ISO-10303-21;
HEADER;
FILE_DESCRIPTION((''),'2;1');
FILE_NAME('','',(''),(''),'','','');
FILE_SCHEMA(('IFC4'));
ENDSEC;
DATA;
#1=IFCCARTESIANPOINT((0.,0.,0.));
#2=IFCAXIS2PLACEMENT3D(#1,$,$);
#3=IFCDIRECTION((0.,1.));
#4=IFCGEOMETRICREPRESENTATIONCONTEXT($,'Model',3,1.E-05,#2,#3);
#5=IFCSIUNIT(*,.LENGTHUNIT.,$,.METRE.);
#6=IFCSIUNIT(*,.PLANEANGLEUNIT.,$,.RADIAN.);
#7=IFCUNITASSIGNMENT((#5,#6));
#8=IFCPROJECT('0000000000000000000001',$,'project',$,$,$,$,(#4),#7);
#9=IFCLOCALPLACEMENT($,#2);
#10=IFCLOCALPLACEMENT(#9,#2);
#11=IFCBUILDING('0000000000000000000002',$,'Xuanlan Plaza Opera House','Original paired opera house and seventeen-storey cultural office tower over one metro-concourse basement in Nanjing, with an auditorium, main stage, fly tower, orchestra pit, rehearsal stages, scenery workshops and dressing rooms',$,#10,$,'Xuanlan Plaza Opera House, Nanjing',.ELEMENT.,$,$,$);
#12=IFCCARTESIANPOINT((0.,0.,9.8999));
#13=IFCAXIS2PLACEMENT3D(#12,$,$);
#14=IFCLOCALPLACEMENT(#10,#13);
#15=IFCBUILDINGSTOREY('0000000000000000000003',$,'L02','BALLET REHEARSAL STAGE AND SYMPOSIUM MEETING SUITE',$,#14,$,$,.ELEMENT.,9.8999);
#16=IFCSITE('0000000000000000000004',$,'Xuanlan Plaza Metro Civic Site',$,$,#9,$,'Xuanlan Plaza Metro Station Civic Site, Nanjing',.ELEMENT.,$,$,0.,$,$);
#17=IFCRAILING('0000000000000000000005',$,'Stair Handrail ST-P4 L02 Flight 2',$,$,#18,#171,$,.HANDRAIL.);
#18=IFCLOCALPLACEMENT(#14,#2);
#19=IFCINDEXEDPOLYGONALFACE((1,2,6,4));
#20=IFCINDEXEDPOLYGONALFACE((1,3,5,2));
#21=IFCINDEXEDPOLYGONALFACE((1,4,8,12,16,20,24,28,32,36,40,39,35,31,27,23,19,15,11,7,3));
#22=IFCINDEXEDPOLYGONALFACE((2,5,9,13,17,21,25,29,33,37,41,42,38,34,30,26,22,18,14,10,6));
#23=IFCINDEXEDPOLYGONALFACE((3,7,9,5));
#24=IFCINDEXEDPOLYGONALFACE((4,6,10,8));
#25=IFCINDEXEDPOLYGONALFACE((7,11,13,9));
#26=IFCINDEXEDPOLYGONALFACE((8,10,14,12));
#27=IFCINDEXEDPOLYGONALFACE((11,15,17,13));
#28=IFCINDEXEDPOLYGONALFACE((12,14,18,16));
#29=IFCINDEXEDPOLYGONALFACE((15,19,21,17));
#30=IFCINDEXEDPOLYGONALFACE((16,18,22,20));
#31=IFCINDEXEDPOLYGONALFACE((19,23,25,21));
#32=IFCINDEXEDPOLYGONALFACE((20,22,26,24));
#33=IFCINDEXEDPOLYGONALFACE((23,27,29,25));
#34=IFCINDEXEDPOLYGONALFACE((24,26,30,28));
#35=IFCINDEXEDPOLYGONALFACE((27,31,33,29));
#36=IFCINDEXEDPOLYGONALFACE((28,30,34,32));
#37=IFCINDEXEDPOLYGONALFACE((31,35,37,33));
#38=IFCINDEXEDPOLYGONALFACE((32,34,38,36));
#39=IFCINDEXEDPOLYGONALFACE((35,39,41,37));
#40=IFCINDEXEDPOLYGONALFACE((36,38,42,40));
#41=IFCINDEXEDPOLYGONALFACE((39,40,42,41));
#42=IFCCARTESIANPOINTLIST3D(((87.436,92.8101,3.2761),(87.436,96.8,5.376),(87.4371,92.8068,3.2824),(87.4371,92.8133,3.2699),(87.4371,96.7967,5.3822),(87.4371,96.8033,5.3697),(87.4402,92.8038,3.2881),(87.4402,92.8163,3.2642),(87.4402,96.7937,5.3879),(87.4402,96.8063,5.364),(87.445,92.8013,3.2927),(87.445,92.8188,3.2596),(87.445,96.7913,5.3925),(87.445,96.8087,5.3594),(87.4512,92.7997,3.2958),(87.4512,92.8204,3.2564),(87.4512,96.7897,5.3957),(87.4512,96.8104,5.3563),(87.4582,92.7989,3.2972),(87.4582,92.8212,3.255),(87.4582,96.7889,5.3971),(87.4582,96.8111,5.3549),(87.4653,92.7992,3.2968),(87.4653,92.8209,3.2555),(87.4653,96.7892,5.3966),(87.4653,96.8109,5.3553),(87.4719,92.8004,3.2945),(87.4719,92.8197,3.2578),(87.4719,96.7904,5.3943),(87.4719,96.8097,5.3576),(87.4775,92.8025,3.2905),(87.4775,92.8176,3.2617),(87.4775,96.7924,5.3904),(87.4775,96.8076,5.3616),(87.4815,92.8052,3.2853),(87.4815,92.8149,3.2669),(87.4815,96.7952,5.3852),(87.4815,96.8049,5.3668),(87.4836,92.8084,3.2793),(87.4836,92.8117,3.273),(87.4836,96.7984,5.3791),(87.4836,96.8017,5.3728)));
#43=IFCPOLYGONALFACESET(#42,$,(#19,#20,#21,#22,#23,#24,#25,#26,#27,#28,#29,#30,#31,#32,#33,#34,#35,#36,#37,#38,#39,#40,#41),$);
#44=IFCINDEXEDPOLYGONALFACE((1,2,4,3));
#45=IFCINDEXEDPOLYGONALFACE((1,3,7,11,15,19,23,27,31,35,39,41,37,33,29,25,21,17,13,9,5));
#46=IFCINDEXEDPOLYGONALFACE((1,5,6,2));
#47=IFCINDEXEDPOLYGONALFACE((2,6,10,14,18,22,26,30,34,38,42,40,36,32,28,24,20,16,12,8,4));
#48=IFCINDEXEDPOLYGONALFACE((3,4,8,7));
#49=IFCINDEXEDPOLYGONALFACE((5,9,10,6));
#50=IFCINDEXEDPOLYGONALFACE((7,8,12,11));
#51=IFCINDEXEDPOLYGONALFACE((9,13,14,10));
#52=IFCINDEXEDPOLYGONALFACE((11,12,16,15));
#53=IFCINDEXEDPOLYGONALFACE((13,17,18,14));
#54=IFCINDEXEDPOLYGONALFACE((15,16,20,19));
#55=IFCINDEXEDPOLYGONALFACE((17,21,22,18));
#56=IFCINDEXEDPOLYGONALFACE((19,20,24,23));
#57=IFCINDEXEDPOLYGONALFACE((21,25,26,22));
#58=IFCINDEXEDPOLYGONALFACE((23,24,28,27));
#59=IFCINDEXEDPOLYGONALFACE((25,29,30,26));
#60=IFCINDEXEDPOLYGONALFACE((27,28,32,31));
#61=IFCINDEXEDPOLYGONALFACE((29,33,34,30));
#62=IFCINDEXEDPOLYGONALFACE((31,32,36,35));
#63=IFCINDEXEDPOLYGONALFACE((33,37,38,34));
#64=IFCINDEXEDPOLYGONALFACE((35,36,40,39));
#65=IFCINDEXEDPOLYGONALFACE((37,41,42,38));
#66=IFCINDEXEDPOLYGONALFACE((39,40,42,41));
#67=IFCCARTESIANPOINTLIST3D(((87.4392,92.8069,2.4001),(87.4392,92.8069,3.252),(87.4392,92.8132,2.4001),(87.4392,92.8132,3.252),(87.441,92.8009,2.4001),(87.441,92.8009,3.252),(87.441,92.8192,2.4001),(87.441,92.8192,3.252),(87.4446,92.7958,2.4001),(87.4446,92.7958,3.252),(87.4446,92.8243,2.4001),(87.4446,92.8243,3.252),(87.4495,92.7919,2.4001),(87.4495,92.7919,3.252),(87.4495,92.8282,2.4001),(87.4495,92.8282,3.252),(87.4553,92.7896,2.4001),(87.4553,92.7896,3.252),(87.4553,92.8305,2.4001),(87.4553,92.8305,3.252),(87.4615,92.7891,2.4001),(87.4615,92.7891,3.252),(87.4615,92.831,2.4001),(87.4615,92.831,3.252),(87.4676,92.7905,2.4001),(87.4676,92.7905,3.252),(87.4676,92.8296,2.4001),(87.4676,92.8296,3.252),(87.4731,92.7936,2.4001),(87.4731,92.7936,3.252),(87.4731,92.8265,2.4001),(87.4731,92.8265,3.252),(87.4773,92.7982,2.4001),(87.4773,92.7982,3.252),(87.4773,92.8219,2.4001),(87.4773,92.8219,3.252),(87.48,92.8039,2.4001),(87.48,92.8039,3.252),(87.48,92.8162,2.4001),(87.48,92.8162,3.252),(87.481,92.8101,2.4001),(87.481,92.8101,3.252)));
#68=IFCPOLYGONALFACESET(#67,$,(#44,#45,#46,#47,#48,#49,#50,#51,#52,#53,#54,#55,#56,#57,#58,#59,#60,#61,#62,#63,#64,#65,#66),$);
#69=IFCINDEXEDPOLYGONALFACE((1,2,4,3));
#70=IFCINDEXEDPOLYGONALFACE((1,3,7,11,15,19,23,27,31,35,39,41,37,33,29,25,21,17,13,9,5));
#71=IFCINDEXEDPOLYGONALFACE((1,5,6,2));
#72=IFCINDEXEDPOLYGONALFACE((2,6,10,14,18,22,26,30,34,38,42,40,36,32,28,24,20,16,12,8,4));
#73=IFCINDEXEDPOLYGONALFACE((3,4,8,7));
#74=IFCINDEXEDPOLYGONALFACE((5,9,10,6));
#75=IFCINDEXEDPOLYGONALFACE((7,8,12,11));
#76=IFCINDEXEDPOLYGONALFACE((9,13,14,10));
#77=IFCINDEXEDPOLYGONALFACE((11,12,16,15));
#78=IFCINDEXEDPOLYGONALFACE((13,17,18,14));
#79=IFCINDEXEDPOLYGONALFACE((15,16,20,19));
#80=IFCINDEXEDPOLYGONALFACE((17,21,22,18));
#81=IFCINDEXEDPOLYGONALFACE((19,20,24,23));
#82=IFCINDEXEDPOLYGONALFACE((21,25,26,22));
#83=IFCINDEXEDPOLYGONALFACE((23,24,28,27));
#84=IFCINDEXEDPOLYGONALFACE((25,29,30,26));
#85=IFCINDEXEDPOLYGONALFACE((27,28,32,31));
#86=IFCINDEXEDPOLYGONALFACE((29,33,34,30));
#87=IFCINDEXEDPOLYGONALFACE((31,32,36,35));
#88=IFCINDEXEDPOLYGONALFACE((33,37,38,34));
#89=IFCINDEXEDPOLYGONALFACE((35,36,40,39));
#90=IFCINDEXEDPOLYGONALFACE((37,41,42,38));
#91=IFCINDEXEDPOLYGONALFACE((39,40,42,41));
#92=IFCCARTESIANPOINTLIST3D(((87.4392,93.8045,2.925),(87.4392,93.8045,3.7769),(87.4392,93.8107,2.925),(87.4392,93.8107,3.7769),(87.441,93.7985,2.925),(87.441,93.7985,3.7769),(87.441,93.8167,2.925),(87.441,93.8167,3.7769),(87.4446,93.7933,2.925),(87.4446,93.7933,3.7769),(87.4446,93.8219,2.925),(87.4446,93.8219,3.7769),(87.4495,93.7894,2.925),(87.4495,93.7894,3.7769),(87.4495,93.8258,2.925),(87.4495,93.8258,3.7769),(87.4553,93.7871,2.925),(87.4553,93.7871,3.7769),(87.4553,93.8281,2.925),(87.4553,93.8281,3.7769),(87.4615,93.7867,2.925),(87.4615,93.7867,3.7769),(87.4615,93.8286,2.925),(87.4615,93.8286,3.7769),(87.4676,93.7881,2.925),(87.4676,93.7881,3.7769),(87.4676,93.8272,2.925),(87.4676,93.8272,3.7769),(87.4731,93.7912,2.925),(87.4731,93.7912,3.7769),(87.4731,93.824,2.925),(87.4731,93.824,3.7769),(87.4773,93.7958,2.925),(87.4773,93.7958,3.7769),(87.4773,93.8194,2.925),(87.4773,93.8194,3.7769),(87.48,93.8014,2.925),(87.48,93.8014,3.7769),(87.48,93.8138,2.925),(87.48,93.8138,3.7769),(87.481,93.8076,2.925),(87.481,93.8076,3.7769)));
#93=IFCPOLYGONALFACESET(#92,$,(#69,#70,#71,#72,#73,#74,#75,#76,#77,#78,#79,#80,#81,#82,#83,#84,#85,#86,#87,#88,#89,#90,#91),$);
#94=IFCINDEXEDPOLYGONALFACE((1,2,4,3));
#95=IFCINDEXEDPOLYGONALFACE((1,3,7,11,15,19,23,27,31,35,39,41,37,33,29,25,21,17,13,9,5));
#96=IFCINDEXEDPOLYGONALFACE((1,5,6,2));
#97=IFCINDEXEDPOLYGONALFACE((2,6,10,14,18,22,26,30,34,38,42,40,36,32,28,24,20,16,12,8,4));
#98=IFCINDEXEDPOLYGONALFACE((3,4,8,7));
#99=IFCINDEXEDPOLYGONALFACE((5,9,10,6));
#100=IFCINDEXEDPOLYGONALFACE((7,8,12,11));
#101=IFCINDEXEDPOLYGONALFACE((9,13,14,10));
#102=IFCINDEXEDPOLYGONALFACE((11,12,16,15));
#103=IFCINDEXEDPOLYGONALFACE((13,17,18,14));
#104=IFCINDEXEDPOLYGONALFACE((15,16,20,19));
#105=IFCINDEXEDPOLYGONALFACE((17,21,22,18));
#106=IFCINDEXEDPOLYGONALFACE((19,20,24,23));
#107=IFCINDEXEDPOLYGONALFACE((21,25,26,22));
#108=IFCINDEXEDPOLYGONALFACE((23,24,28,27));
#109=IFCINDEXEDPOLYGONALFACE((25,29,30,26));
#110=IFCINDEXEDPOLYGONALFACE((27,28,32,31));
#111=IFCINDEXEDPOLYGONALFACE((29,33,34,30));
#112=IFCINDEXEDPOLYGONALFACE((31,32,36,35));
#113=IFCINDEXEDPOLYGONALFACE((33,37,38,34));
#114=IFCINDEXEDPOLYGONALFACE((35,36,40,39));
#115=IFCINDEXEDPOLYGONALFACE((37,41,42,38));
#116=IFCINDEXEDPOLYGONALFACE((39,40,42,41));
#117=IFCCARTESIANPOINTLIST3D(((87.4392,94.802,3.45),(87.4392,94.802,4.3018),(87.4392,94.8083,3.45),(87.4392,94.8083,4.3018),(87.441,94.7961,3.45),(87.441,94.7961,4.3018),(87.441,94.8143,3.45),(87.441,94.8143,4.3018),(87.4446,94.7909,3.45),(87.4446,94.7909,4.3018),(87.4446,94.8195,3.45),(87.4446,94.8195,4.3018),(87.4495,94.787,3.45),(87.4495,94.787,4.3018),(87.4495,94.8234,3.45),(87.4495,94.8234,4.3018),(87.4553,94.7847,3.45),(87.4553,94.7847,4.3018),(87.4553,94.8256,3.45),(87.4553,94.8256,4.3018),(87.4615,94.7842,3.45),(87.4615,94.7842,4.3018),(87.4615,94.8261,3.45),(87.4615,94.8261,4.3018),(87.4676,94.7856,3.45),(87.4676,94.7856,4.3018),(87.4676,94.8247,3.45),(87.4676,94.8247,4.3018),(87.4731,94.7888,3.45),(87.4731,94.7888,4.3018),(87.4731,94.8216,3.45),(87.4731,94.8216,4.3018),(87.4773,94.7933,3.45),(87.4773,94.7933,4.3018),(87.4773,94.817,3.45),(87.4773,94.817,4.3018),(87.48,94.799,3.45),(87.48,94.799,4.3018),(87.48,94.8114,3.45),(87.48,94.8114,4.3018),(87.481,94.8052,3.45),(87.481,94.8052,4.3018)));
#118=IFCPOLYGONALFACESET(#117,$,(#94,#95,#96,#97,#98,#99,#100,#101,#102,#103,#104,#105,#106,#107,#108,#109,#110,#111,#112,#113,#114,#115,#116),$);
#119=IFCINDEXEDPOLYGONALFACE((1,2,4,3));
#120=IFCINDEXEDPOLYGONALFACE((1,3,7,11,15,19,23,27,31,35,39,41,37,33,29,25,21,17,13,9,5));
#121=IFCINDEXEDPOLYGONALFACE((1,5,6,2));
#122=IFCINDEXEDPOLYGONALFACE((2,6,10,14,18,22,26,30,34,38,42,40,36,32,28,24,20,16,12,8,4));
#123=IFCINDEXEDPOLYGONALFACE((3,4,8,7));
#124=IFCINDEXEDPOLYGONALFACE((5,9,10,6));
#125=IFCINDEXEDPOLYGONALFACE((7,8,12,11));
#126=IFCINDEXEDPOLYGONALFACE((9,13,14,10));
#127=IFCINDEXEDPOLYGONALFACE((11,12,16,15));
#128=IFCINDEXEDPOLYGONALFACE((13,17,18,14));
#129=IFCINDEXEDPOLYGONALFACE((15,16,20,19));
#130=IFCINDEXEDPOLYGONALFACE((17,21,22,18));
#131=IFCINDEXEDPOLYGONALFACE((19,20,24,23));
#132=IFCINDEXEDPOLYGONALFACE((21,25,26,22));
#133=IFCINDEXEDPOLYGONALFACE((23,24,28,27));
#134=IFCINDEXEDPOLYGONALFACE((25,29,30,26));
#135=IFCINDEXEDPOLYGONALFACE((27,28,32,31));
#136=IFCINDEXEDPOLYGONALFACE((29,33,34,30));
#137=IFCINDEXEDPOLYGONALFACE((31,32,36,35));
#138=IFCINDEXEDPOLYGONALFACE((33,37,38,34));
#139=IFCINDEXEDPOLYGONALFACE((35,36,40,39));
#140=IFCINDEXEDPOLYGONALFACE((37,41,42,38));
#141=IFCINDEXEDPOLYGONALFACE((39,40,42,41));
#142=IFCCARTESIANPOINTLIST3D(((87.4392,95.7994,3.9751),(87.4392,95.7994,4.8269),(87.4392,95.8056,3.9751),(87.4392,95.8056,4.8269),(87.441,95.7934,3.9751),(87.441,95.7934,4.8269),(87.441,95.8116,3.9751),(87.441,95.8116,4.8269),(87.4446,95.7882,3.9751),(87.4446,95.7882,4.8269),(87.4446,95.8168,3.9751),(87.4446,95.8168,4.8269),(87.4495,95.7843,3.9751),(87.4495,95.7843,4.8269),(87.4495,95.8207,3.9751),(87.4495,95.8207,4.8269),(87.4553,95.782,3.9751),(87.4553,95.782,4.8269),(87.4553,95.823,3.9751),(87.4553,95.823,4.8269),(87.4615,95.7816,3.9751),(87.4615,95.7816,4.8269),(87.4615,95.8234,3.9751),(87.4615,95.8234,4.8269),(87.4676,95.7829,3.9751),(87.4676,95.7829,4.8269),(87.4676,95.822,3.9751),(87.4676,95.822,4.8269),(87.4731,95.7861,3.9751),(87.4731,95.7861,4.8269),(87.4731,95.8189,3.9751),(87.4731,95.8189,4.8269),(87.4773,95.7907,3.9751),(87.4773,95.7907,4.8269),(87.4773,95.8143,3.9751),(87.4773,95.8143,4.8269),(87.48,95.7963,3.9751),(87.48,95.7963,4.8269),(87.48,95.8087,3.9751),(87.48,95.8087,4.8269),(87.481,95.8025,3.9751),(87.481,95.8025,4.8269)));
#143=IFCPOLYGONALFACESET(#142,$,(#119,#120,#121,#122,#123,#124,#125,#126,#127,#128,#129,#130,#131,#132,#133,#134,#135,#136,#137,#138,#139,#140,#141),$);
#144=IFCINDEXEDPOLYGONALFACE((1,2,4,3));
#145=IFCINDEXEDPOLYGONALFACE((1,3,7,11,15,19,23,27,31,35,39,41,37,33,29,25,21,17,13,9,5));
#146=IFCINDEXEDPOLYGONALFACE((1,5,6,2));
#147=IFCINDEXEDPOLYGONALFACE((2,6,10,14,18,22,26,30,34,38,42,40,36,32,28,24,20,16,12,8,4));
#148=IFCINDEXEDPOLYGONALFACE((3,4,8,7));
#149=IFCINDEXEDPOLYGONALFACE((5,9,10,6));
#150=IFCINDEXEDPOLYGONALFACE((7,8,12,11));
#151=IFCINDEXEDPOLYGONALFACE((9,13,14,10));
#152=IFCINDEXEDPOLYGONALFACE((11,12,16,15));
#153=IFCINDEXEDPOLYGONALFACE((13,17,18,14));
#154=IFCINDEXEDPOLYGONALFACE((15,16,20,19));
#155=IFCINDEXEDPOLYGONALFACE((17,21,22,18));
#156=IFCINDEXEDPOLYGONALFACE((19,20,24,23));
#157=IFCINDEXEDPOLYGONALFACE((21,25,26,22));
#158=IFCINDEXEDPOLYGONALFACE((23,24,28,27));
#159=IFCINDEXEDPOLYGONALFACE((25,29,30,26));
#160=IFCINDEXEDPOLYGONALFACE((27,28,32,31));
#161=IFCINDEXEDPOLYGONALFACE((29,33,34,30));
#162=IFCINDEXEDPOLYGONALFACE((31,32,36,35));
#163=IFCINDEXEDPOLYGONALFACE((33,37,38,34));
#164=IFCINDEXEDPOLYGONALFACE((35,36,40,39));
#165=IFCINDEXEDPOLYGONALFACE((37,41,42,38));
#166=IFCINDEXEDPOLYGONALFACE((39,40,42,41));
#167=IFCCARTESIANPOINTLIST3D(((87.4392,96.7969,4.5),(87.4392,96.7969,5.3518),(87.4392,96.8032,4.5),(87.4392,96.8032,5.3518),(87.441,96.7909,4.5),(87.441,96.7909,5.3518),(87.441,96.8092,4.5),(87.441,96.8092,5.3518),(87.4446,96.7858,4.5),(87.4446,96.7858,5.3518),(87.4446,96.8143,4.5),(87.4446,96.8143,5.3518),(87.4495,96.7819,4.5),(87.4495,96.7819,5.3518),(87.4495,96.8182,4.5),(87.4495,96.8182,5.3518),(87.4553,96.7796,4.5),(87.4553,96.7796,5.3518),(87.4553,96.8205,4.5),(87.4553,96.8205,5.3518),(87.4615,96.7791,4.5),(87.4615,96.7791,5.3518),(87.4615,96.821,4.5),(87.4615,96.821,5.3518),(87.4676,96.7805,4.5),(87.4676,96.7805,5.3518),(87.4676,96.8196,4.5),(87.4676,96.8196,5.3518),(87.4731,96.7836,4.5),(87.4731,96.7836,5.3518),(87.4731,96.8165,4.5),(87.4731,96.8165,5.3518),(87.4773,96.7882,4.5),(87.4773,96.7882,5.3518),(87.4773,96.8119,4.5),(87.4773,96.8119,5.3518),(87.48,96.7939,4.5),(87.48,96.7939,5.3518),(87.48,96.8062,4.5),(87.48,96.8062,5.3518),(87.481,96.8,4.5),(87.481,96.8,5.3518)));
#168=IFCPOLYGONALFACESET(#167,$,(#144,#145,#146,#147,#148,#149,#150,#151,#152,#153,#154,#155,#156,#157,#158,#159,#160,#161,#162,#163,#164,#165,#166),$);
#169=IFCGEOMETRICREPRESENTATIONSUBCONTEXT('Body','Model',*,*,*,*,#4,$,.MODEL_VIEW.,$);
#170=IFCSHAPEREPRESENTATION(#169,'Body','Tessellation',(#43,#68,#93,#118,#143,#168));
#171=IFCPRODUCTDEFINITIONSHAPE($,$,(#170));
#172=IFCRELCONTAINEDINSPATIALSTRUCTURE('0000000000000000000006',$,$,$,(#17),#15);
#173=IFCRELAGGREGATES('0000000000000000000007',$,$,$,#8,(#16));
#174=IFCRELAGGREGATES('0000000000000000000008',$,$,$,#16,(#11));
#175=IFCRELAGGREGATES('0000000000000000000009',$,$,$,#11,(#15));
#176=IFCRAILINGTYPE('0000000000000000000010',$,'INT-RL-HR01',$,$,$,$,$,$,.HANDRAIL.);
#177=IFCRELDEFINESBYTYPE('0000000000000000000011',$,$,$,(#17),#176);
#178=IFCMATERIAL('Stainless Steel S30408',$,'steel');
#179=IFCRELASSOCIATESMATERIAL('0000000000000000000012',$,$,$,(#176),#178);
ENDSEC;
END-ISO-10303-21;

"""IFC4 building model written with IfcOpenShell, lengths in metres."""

from ifc_helpers import new_model, si_unit, direction, frame, origin, origin_2d, place, context, subcontext, project, spatial, circle, extrude, material, type_object, element, save


model = new_model("IFC4")

# Units and contexts
model_context = context("Model", 3, precision=1e-05, world=origin(), true_north=direction((0.0, 1.0)))
body_context = subcontext(model_context, "Body", "Model", "MODEL_VIEW")
ifc_project = project(units=[si_unit("LENGTHUNIT", "METRE"), si_unit("PLANEANGLEUNIT", "RADIAN")], contexts=[model_context])

# Site, building, storey
site_placement = place(None, origin())
site = spatial("IfcSite", under=ifc_project, at=site_placement, Name="Xuanlan Plaza Metro Civic Site", LongName="Xuanlan Plaza Metro Station Civic Site, Nanjing", CompositionType="ELEMENT", RefElevation=0.0)
building_placement = place(site_placement, origin())
building = spatial("IfcBuilding", under=site, at=building_placement, Name="Xuanlan Plaza Opera House", Description="Original paired opera house and seventeen-storey cultural office tower over one metro-concourse basement in Nanjing, with an auditorium, main stage, fly tower, orchestra pit, rehearsal stages, scenery workshops and dressing rooms", LongName="Xuanlan Plaza Opera House, Nanjing", CompositionType="ELEMENT")
storey_placement = place(building_placement, frame((0.0, 0.0, 9.8999)))
storey = spatial("IfcBuildingStorey", under=building, at=storey_placement, Name="L02", Description="BALLET REHEARSAL STAGE AND SYMPOSIUM MEETING SUITE", CompositionType="ELEMENT", Elevation=9.8999)

# Railing
ifc_material_1 = material(Name="Stainless Steel S30408", Category="steel")
railing_type = type_object("IfcRailingType", Name="INT-RL-HR01", PredefinedType="HANDRAIL", material=ifc_material_1)
railing_placement = place(storey_placement, frame((87.46, 92.8101, 2.4001)))
element("IfcRailing", 1, at=railing_placement, inside=storey, type_object=railing_type, Name="Stair Handrail ST-P4 L02 Flight 2", PredefinedType="HANDRAIL", context=body_context, shape_type="SweptSolid", body=[
    extrude(circle(Radius=0.0239, at=origin_2d()), frame((0.0, 0.0, 0.876), z_axis=(0.0, 0.884931, 0.465722), x_axis=(-1.0, 0.0, 0.0)), (0.0, 0.0, 1.0), 4.5088),
    extrude(circle(Radius=0.021, at=origin_2d()), origin(), (0.0, 0.0, 1.0), 0.8518),
    extrude(circle(Radius=0.021, at=origin_2d()), frame((0.0, 0.9976, 0.5249)), (0.0, 0.0, 1.0), 0.8518),
    extrude(circle(Radius=0.021, at=origin_2d()), frame((0.0, 1.9951, 1.0498)), (0.0, 0.0, 1.0), 0.8518),
    extrude(circle(Radius=0.021, at=origin_2d()), frame((0.0, 2.9924, 1.575)), (0.0, 0.0, 1.0), 0.8518),
    extrude(circle(Radius=0.021, at=origin_2d()), frame((0.0, 3.99, 2.0999)), (0.0, 0.0, 1.0), 0.8518),
])

save(model, "model.ifc")
